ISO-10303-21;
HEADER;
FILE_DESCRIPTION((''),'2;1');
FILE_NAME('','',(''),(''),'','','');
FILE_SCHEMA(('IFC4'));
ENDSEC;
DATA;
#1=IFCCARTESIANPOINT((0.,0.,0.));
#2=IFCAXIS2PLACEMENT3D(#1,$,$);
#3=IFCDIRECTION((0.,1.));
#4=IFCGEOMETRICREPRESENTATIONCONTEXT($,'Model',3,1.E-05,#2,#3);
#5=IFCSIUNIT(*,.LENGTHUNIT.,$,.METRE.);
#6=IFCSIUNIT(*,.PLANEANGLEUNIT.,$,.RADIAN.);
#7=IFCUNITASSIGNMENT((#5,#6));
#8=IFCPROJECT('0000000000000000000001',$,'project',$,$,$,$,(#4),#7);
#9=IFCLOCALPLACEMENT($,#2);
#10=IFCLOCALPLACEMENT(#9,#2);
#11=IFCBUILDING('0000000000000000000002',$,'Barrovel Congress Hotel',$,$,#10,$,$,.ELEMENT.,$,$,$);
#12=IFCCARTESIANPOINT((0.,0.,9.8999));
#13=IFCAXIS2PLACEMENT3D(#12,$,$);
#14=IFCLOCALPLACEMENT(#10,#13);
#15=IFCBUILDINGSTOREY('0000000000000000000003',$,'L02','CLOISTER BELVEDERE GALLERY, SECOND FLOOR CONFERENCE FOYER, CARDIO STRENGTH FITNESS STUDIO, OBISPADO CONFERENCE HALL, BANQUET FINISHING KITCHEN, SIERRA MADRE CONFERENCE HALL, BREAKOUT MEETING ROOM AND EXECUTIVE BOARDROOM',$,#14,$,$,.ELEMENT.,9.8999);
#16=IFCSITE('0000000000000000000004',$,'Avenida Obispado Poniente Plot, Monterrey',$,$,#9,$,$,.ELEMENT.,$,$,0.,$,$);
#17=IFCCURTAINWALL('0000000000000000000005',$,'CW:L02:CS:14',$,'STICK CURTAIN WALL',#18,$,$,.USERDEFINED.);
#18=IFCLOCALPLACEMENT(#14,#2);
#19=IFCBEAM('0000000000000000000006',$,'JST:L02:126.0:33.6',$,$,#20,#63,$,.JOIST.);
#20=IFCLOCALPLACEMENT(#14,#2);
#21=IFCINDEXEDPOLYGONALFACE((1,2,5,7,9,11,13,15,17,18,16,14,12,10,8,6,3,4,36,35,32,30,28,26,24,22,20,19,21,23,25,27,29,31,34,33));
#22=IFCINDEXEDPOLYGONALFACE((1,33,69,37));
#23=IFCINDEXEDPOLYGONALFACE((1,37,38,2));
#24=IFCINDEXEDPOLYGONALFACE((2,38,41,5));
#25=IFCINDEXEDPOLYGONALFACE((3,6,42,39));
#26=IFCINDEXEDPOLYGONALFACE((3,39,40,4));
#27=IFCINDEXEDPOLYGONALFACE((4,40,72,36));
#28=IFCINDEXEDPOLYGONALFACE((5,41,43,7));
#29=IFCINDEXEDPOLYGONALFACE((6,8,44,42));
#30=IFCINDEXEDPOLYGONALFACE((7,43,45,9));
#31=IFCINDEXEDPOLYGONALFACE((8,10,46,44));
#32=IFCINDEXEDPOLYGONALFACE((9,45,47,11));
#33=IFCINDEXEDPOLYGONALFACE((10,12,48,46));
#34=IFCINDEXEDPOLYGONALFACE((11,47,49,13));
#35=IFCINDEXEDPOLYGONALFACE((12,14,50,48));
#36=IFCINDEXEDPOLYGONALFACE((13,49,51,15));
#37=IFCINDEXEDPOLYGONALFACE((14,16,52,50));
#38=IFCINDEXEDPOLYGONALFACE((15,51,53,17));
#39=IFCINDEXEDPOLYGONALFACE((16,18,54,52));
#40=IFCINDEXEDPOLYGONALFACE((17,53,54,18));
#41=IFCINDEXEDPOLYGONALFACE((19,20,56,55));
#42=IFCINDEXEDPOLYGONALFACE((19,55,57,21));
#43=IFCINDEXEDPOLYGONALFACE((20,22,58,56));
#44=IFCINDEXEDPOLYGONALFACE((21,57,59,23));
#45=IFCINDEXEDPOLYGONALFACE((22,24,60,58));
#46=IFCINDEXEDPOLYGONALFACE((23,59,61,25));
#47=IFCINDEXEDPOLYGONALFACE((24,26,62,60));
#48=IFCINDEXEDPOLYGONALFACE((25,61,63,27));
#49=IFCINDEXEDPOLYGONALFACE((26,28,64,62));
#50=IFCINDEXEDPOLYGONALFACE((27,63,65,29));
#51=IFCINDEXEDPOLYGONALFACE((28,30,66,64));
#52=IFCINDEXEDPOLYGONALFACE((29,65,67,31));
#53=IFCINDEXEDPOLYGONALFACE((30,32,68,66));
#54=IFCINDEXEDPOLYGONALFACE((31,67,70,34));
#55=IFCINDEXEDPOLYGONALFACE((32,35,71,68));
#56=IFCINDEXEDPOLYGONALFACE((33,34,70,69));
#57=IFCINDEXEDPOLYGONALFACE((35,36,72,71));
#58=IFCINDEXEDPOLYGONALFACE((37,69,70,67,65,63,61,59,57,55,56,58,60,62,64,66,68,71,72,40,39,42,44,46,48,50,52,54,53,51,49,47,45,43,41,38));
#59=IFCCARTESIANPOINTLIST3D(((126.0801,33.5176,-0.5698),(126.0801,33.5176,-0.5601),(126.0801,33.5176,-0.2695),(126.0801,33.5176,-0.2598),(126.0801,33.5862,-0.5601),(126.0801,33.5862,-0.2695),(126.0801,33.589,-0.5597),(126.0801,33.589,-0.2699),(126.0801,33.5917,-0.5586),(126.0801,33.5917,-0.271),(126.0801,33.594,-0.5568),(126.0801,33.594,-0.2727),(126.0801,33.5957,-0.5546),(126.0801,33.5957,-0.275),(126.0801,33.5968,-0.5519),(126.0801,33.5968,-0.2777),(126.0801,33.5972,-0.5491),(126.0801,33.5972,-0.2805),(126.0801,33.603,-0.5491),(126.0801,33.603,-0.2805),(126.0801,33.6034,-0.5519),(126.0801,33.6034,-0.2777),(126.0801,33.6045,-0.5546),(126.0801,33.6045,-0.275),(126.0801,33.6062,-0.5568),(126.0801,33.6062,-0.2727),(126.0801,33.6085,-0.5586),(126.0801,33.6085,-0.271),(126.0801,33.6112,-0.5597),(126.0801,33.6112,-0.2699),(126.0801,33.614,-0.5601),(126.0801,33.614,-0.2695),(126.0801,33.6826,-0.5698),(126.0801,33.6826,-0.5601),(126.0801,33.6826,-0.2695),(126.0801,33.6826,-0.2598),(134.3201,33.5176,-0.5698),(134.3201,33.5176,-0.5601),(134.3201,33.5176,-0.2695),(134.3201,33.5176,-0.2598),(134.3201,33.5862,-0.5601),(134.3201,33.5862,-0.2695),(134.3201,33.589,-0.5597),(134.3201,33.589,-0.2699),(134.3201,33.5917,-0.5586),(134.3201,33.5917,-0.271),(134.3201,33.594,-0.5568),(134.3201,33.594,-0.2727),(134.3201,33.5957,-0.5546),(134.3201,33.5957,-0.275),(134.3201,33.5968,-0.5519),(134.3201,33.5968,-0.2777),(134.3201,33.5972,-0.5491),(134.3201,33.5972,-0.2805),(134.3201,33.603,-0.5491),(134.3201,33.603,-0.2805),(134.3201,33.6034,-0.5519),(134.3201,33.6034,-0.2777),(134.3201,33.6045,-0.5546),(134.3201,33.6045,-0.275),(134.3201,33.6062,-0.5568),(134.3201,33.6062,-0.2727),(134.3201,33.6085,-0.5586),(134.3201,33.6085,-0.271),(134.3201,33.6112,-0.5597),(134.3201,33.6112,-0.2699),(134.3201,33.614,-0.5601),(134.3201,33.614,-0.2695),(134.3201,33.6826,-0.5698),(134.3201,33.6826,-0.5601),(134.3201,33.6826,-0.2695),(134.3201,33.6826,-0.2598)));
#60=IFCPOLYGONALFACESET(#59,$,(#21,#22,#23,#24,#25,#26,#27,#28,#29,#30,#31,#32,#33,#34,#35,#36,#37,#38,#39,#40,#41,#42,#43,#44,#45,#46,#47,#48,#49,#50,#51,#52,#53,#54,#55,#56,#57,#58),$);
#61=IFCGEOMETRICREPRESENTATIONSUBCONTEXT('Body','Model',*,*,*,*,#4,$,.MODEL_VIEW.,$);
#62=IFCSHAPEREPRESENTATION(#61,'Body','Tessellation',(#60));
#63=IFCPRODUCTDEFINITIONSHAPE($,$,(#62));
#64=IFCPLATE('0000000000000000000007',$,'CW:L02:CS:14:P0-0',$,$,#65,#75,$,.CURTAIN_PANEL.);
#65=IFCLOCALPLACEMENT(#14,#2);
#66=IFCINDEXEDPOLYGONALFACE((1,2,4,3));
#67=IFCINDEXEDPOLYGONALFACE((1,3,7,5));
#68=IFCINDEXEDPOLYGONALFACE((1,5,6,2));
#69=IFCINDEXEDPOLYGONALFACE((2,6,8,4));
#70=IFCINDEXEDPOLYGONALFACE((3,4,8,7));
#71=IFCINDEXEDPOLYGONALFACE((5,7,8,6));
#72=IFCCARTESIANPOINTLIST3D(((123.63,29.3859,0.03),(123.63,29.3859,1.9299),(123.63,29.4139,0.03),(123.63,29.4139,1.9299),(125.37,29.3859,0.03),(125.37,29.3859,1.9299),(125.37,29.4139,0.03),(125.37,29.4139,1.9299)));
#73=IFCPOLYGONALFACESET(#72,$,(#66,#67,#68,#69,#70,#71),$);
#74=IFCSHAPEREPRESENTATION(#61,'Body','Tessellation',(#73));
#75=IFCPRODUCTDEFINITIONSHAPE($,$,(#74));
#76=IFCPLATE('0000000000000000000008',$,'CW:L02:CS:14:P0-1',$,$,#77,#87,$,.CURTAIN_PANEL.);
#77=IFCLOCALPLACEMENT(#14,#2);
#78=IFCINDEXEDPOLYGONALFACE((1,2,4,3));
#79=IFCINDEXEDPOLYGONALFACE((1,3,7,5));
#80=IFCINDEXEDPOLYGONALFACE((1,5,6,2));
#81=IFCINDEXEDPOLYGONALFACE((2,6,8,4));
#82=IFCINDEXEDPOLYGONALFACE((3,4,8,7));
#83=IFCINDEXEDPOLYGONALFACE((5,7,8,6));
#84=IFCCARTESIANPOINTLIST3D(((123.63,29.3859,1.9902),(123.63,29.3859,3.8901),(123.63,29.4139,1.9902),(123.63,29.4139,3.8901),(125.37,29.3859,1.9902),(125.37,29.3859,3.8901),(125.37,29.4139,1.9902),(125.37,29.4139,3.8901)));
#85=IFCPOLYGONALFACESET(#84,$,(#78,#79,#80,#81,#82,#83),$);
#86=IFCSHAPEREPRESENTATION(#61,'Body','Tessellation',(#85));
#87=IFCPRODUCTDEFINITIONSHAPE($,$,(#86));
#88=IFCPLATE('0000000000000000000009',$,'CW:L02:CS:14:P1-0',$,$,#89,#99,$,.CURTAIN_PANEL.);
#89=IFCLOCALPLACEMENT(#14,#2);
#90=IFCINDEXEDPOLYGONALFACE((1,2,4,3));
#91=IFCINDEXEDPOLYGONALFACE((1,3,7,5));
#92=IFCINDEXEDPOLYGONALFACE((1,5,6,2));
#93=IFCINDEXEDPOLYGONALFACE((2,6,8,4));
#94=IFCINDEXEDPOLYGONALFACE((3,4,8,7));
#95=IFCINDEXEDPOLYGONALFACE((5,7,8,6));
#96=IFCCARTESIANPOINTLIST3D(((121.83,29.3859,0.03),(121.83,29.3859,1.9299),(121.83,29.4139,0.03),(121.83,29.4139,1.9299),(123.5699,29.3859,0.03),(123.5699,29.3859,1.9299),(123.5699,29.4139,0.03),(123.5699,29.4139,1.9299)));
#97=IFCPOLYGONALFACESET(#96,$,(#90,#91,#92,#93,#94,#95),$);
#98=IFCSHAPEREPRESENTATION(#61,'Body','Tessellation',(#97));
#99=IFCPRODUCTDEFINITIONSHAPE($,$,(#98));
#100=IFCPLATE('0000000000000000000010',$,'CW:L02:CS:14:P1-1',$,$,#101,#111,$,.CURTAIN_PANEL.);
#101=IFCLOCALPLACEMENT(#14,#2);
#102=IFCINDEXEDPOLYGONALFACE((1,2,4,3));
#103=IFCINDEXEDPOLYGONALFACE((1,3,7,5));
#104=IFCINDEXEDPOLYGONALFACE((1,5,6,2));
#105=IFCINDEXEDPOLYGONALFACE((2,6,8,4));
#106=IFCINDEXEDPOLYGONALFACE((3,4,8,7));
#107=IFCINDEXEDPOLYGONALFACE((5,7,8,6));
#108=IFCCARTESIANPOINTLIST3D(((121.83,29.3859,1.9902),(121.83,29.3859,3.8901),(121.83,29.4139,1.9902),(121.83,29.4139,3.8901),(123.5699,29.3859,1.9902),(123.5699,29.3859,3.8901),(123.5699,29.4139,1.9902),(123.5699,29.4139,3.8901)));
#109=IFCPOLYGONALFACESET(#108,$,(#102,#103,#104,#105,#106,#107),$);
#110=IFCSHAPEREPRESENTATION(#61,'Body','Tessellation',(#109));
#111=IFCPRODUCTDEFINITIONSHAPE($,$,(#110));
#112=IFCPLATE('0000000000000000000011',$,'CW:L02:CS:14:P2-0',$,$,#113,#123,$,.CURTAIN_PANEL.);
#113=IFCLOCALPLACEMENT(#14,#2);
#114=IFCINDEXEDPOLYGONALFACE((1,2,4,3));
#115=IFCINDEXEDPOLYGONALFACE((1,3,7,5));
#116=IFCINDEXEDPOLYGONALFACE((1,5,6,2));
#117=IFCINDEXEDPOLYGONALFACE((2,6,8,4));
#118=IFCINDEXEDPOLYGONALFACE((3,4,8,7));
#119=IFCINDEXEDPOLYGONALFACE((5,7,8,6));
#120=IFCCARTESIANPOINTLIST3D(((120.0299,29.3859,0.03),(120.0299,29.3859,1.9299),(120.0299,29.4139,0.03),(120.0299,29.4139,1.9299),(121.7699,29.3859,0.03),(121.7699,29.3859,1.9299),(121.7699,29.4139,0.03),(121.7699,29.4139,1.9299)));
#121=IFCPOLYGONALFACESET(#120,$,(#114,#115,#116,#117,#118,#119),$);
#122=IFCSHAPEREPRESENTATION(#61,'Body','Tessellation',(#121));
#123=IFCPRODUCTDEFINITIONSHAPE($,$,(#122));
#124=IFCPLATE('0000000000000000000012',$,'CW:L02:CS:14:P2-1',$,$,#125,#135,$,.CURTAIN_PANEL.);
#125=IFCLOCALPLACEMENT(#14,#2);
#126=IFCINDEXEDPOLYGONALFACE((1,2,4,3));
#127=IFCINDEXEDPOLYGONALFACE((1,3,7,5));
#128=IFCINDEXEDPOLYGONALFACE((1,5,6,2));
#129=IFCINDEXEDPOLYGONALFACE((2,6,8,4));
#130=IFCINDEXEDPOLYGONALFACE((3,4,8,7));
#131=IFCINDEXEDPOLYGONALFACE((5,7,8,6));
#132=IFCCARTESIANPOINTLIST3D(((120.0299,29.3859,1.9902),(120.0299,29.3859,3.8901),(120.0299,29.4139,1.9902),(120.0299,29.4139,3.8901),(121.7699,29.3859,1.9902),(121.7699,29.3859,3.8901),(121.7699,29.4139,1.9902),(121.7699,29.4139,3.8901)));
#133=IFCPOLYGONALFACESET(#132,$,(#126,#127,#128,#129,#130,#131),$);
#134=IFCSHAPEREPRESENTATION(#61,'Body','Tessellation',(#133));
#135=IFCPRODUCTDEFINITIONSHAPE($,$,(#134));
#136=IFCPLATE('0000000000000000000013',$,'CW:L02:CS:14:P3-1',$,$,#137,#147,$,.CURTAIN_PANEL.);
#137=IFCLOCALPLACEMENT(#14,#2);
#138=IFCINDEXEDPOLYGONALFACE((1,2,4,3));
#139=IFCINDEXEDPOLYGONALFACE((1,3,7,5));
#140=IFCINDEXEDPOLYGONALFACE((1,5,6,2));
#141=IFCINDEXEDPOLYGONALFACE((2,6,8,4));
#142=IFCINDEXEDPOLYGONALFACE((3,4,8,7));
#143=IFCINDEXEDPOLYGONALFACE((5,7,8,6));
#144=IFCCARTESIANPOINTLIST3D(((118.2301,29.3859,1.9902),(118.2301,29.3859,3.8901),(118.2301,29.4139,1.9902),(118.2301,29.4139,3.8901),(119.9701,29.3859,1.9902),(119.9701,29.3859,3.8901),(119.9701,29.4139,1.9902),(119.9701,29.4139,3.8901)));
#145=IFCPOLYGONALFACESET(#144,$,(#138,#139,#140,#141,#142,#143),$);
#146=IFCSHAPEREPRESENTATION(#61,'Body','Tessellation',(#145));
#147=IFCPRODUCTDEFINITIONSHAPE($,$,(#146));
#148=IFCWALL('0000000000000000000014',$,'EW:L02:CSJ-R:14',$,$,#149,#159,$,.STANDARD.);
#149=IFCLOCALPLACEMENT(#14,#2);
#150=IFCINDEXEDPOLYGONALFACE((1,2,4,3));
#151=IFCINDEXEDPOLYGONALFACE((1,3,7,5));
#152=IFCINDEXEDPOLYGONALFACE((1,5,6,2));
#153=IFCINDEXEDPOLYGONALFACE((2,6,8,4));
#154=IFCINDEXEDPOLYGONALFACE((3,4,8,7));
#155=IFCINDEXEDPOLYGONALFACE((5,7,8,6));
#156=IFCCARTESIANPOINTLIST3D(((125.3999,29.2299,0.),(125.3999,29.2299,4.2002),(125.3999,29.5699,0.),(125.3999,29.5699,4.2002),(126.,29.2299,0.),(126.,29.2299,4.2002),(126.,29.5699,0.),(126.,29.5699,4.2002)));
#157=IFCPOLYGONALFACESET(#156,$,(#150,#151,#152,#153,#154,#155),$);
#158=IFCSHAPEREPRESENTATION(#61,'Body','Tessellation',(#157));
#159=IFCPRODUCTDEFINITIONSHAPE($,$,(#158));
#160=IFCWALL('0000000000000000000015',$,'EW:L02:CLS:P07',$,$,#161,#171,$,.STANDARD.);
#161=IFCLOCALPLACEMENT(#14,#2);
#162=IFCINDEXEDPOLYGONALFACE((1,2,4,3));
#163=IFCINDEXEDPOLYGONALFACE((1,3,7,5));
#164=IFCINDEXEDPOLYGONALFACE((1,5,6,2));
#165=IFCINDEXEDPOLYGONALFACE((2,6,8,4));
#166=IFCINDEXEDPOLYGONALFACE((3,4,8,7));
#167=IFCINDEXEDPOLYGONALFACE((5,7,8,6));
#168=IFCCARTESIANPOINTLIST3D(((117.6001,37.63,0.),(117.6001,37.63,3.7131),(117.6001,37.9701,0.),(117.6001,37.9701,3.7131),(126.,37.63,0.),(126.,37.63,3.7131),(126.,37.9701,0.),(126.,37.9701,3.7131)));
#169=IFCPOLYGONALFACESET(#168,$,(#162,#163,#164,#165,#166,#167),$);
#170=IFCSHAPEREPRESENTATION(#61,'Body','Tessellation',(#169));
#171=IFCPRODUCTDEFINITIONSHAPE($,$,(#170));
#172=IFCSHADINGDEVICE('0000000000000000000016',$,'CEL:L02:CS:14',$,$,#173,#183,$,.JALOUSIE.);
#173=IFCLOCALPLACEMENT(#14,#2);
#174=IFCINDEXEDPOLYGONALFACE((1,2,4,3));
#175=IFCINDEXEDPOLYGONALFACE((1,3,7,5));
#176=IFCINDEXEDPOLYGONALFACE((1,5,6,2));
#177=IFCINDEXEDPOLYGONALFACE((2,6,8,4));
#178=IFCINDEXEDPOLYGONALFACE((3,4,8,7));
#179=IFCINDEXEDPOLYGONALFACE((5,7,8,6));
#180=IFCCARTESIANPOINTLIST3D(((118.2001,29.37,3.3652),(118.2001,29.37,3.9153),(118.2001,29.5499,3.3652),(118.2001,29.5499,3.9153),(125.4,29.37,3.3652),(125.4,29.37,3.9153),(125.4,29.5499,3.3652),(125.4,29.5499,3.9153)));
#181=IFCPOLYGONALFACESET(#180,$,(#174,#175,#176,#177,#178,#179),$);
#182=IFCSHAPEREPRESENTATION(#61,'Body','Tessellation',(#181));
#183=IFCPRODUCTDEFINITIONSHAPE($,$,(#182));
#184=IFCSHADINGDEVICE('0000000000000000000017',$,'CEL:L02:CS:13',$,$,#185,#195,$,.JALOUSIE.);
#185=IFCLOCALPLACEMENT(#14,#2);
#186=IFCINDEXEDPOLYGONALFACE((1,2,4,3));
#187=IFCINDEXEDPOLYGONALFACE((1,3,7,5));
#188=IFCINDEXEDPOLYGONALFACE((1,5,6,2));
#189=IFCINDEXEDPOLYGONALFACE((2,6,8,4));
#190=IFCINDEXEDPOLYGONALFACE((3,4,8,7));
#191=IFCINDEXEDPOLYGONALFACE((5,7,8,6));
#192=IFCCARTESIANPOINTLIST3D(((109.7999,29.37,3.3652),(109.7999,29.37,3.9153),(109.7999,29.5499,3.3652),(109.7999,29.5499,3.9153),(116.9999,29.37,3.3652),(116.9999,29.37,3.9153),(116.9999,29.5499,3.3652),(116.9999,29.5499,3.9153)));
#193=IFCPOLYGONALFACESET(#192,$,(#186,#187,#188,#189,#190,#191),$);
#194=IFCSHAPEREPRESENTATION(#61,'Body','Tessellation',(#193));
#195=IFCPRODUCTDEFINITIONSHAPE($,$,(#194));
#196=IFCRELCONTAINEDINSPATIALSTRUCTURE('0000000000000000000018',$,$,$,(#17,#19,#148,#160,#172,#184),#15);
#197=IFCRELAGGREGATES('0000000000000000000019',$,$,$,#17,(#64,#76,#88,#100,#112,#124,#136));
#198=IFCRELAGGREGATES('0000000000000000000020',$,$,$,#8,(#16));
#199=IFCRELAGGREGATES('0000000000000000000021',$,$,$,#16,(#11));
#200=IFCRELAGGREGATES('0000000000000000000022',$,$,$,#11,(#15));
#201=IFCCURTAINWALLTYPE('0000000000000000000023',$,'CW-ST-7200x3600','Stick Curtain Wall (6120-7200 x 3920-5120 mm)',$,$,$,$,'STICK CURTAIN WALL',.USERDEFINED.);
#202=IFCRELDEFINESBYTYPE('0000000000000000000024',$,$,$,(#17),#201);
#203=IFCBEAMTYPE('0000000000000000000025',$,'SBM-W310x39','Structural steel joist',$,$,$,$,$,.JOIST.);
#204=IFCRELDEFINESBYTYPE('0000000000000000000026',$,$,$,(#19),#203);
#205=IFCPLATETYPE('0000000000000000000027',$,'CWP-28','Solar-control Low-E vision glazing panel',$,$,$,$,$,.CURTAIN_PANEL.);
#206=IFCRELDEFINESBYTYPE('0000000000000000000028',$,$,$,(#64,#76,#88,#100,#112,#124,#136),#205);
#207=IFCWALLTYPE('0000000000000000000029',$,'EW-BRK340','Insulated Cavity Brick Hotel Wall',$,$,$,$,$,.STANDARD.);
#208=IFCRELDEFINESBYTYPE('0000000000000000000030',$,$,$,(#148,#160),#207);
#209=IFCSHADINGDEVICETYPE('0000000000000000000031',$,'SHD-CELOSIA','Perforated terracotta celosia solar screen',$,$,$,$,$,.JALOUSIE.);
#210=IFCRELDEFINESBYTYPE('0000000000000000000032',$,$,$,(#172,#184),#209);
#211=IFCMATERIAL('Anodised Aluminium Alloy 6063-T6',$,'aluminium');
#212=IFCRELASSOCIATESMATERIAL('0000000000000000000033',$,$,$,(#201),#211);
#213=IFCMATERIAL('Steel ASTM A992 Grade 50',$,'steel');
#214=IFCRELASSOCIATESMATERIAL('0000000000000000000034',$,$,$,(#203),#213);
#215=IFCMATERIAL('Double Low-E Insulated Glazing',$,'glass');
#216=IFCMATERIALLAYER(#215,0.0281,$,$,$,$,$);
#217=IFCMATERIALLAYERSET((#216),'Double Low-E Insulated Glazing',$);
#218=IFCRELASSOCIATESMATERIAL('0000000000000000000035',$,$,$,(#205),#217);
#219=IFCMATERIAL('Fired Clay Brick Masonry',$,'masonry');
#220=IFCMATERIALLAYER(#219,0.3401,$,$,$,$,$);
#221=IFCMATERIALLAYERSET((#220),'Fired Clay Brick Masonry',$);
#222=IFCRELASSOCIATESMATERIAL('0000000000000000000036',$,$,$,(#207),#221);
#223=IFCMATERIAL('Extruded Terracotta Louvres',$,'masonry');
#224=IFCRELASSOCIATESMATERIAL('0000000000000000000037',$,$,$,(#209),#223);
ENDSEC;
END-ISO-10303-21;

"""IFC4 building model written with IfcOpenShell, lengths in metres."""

from ifc_helpers import new_model, si_unit, direction, frame, frame_2d, origin, origin_2d, place, context, subcontext, project, spatial, rectangle, i_section, extrude, material, layer, layer_set, material_profile, profile_set, type_object, element, aggregate, save


model = new_model("IFC4")

# Units and contexts
model_context = context("Model", 3, precision=1e-05, world=origin(), true_north=direction((0.0, 1.0)))
body_context = subcontext(model_context, "Body", "Model", "MODEL_VIEW")
ifc_project = project(units=[si_unit("LENGTHUNIT", "METRE"), si_unit("PLANEANGLEUNIT", "RADIAN")], contexts=[model_context])

# Site, building, storey
site_placement = place(None, origin())
site = spatial("IfcSite", under=ifc_project, at=site_placement, Name="Avenida Obispado Poniente Plot, Monterrey", CompositionType="ELEMENT", RefElevation=0.0)
building_placement = place(site_placement, origin())
building = spatial("IfcBuilding", under=site, at=building_placement, Name="Barrovel Congress Hotel", CompositionType="ELEMENT")
storey_placement = place(building_placement, frame((0.0, 0.0, 9.8999)))
storey = spatial("IfcBuildingStorey", under=building, at=storey_placement, Name="L02", Description="CLOISTER BELVEDERE GALLERY, SECOND FLOOR CONFERENCE FOYER, CARDIO STRENGTH FITNESS STUDIO, OBISPADO CONFERENCE HALL, BANQUET FINISHING KITCHEN, SIERRA MADRE CONFERENCE HALL, BREAKOUT MEETING ROOM AND EXECUTIVE BOARDROOM", CompositionType="ELEMENT", Elevation=9.8999)

# Curtain wall
ifc_material_1 = material(Name="Anodised Aluminium Alloy 6063-T6", Category="aluminium")
curtain_wall_type = type_object("IfcCurtainWallType", Name="CW-ST-7200x3600", Description="Stick Curtain Wall (6120-7200 x 3920-5120 mm)", ElementType="STICK CURTAIN WALL", PredefinedType="USERDEFINED", material=ifc_material_1)
curtain_wall_placement = place(storey_placement, origin())
curtain_wall = element("IfcCurtainWall", 1, at=curtain_wall_placement, inside=storey, type_object=curtain_wall_type, Name="CW:L02:CS:14", ObjectType="STICK CURTAIN WALL", PredefinedType="USERDEFINED")

# Beam
ifc_material_2 = material(Name="Steel ASTM A992 Grade 50", Category="steel")
ifc_material_profile_1 = material_profile(ifc_material_2, i_section(OverallWidth=0.165, OverallDepth=0.3101, WebThickness=0.0059, FlangeThickness=0.0098, FilletRadius=0.011, at=origin_2d()), Name="W310x39")
ifc_profile_set_1 = profile_set([ifc_material_profile_1], Name="Steel ASTM A992 Grade 50")
beam_type_1 = type_object("IfcBeamType", Name="SBM-W310x39", Description="Structural steel joist", PredefinedType="JOIST", material=ifc_profile_set_1)
beam_1_placement = place(storey_placement, frame((126.0801, 33.6001, -0.4148), z_axis=(1.0, 0.0, 0.0), x_axis=(0.0, 1.0, 0.0)))
element("IfcBeam", 2, at=beam_1_placement, inside=storey, type_object=beam_type_1, Name="JST:L02:126.0:33.6", PredefinedType="JOIST", context=body_context, shape_type="SweptSolid", body=[
    extrude(i_section(OverallWidth=0.165, OverallDepth=0.3101, WebThickness=0.0059, FlangeThickness=0.0098, FilletRadius=0.011, at=origin_2d()), origin(), (0.0, 0.0, 1.0), 8.24),
])

# Plates
ifc_material_3 = material(Name="Double Low-E Insulated Glazing", Category="glass")
ifc_layer_1 = layer(ifc_material_3, 0.0281)
ifc_layer_set_1 = layer_set([ifc_layer_1], Name="Double Low-E Insulated Glazing")
plate_type = type_object("IfcPlateType", Name="CWP-28", Description="Solar-control Low-E vision glazing panel", PredefinedType="CURTAIN_PANEL", material=ifc_layer_set_1)
plate_1_placement = place(storey_placement, frame((124.5, 29.3999, 0.03), z_axis=(0.0, 0.0, 1.0), x_axis=(-1.0, 0.0, 0.0)))
plate_1 = element("IfcPlate", 3, at=plate_1_placement, type_object=plate_type, Name="CW:L02:CS:14:P0-0", PredefinedType="CURTAIN_PANEL", context=body_context, shape_type="SweptSolid", body=[
    extrude(rectangle(XDim=1.74, YDim=0.0281, at=origin_2d()), origin(), (0.0, 0.0, 1.0), 1.8999),
])
plate_2_placement = place(storey_placement, frame((124.5, 29.3999, 1.9902), z_axis=(0.0, 0.0, 1.0), x_axis=(-1.0, 0.0, 0.0)))
plate_2 = element("IfcPlate", 4, at=plate_2_placement, type_object=plate_type, Name="CW:L02:CS:14:P0-1", PredefinedType="CURTAIN_PANEL", context=body_context, shape_type="SweptSolid", body=[
    extrude(rectangle(XDim=1.74, YDim=0.0281, at=origin_2d()), origin(), (0.0, 0.0, 1.0), 1.8999),
])
plate_3_placement = place(storey_placement, frame((122.7, 29.3999, 0.03), z_axis=(0.0, 0.0, 1.0), x_axis=(-1.0, 0.0, 0.0)))
plate_3 = element("IfcPlate", 5, at=plate_3_placement, type_object=plate_type, Name="CW:L02:CS:14:P1-0", PredefinedType="CURTAIN_PANEL", context=body_context, shape_type="SweptSolid", body=[
    extrude(rectangle(XDim=1.74, YDim=0.0281, at=origin_2d()), origin(), (0.0, 0.0, 1.0), 1.8999),
])
plate_4_placement = place(storey_placement, frame((122.7, 29.3999, 1.9902), z_axis=(0.0, 0.0, 1.0), x_axis=(-1.0, 0.0, 0.0)))
plate_4 = element("IfcPlate", 6, at=plate_4_placement, type_object=plate_type, Name="CW:L02:CS:14:P1-1", PredefinedType="CURTAIN_PANEL", context=body_context, shape_type="SweptSolid", body=[
    extrude(rectangle(XDim=1.74, YDim=0.0281, at=origin_2d()), origin(), (0.0, 0.0, 1.0), 1.8999),
])
plate_5_placement = place(storey_placement, frame((120.8999, 29.3999, 0.03), z_axis=(0.0, 0.0, 1.0), x_axis=(-1.0, 0.0, 0.0)))
plate_5 = element("IfcPlate", 7, at=plate_5_placement, type_object=plate_type, Name="CW:L02:CS:14:P2-0", PredefinedType="CURTAIN_PANEL", context=body_context, shape_type="SweptSolid", body=[
    extrude(rectangle(XDim=1.74, YDim=0.0281, at=origin_2d()), origin(), (0.0, 0.0, 1.0), 1.8999),
])
plate_6_placement = place(storey_placement, frame((120.8999, 29.3999, 1.9902), z_axis=(0.0, 0.0, 1.0), x_axis=(-1.0, 0.0, 0.0)))
plate_6 = element("IfcPlate", 8, at=plate_6_placement, type_object=plate_type, Name="CW:L02:CS:14:P2-1", PredefinedType="CURTAIN_PANEL", context=body_context, shape_type="SweptSolid", body=[
    extrude(rectangle(XDim=1.74, YDim=0.0281, at=origin_2d()), origin(), (0.0, 0.0, 1.0), 1.8999),
])
plate_7_placement = place(storey_placement, frame((119.1001, 29.3999, 1.9902), z_axis=(0.0, 0.0, 1.0), x_axis=(-1.0, 0.0, 0.0)))
plate_7 = element("IfcPlate", 9, at=plate_7_placement, type_object=plate_type, Name="CW:L02:CS:14:P3-1", PredefinedType="CURTAIN_PANEL", context=body_context, shape_type="SweptSolid", body=[
    extrude(rectangle(XDim=1.74, YDim=0.0281, at=origin_2d()), origin(), (0.0, 0.0, 1.0), 1.8999),
])
aggregate(curtain_wall, [plate_1, plate_2, plate_3, plate_4, plate_5, plate_6, plate_7])

# Walls
ifc_material_4 = material(Name="Fired Clay Brick Masonry", Category="masonry")
ifc_layer_2 = layer(ifc_material_4, 0.3401)
ifc_layer_set_2 = layer_set([ifc_layer_2], Name="Fired Clay Brick Masonry")
wall_type = type_object("IfcWallType", Name="EW-BRK340", Description="Insulated Cavity Brick Hotel Wall", PredefinedType="STANDARD", material=ifc_layer_set_2)
wall_1_placement = place(storey_placement, frame((126.0, 29.3999, 0.0), z_axis=(0.0, 0.0, 1.0), x_axis=(-1.0, 0.0, 0.0)))
element("IfcWall", 10, at=wall_1_placement, inside=storey, type_object=wall_type, Name="EW:L02:CSJ-R:14", PredefinedType="STANDARD", context=body_context, shape_type="SweptSolid", body=[
    extrude(rectangle(XDim=0.6001, YDim=0.3401, at=frame_2d((0.3, 0.0))), origin(), (0.0, 0.0, 1.0), 4.2002),
])
wall_2_placement = place(storey_placement, frame((117.6001, 37.8, 0.0), z_axis=(0.0, 0.0, 1.0), x_axis=(1.0, 0.0, 0.0)))
element("IfcWall", 11, at=wall_2_placement, inside=storey, type_object=wall_type, Name="EW:L02:CLS:P07", PredefinedType="STANDARD", context=body_context, shape_type="SweptSolid", body=[
    extrude(rectangle(XDim=8.3999, YDim=0.3401, at=frame_2d((4.2, 0.0))), origin(), (0.0, 0.0, 1.0), 3.7131),
])

# Shading devices
ifc_material_5 = material(Name="Extruded Terracotta Louvres", Category="masonry")
shading_device_type = type_object("IfcShadingDeviceType", Name="SHD-CELOSIA", Description="Perforated terracotta celosia solar screen", PredefinedType="JALOUSIE", material=ifc_material_5)
for number, where, z_axis, x_axis, name in (
    (12, (121.8, 29.46, 3.3652), (0.0, 0.0, 1.0), (1.0, 0.0, 0.0), "CEL:L02:CS:14"),
    (13, (113.3999, 29.46, 3.3652), (0.0, 0.0, 1.0), (1.0, 0.0, 0.0), "CEL:L02:CS:13"),
):
    element("IfcShadingDevice", number, at=place(storey_placement, frame(where, z_axis=z_axis, x_axis=x_axis)), inside=storey, type_object=shading_device_type, Name=name, PredefinedType="JALOUSIE", context=body_context, shape_type="SweptSolid", body=[
        extrude(rectangle(XDim=7.2, YDim=0.1799, at=origin_2d()), origin(), (0.0, 0.0, 1.0), 0.55),
    ])

save(model, "model.ifc")
